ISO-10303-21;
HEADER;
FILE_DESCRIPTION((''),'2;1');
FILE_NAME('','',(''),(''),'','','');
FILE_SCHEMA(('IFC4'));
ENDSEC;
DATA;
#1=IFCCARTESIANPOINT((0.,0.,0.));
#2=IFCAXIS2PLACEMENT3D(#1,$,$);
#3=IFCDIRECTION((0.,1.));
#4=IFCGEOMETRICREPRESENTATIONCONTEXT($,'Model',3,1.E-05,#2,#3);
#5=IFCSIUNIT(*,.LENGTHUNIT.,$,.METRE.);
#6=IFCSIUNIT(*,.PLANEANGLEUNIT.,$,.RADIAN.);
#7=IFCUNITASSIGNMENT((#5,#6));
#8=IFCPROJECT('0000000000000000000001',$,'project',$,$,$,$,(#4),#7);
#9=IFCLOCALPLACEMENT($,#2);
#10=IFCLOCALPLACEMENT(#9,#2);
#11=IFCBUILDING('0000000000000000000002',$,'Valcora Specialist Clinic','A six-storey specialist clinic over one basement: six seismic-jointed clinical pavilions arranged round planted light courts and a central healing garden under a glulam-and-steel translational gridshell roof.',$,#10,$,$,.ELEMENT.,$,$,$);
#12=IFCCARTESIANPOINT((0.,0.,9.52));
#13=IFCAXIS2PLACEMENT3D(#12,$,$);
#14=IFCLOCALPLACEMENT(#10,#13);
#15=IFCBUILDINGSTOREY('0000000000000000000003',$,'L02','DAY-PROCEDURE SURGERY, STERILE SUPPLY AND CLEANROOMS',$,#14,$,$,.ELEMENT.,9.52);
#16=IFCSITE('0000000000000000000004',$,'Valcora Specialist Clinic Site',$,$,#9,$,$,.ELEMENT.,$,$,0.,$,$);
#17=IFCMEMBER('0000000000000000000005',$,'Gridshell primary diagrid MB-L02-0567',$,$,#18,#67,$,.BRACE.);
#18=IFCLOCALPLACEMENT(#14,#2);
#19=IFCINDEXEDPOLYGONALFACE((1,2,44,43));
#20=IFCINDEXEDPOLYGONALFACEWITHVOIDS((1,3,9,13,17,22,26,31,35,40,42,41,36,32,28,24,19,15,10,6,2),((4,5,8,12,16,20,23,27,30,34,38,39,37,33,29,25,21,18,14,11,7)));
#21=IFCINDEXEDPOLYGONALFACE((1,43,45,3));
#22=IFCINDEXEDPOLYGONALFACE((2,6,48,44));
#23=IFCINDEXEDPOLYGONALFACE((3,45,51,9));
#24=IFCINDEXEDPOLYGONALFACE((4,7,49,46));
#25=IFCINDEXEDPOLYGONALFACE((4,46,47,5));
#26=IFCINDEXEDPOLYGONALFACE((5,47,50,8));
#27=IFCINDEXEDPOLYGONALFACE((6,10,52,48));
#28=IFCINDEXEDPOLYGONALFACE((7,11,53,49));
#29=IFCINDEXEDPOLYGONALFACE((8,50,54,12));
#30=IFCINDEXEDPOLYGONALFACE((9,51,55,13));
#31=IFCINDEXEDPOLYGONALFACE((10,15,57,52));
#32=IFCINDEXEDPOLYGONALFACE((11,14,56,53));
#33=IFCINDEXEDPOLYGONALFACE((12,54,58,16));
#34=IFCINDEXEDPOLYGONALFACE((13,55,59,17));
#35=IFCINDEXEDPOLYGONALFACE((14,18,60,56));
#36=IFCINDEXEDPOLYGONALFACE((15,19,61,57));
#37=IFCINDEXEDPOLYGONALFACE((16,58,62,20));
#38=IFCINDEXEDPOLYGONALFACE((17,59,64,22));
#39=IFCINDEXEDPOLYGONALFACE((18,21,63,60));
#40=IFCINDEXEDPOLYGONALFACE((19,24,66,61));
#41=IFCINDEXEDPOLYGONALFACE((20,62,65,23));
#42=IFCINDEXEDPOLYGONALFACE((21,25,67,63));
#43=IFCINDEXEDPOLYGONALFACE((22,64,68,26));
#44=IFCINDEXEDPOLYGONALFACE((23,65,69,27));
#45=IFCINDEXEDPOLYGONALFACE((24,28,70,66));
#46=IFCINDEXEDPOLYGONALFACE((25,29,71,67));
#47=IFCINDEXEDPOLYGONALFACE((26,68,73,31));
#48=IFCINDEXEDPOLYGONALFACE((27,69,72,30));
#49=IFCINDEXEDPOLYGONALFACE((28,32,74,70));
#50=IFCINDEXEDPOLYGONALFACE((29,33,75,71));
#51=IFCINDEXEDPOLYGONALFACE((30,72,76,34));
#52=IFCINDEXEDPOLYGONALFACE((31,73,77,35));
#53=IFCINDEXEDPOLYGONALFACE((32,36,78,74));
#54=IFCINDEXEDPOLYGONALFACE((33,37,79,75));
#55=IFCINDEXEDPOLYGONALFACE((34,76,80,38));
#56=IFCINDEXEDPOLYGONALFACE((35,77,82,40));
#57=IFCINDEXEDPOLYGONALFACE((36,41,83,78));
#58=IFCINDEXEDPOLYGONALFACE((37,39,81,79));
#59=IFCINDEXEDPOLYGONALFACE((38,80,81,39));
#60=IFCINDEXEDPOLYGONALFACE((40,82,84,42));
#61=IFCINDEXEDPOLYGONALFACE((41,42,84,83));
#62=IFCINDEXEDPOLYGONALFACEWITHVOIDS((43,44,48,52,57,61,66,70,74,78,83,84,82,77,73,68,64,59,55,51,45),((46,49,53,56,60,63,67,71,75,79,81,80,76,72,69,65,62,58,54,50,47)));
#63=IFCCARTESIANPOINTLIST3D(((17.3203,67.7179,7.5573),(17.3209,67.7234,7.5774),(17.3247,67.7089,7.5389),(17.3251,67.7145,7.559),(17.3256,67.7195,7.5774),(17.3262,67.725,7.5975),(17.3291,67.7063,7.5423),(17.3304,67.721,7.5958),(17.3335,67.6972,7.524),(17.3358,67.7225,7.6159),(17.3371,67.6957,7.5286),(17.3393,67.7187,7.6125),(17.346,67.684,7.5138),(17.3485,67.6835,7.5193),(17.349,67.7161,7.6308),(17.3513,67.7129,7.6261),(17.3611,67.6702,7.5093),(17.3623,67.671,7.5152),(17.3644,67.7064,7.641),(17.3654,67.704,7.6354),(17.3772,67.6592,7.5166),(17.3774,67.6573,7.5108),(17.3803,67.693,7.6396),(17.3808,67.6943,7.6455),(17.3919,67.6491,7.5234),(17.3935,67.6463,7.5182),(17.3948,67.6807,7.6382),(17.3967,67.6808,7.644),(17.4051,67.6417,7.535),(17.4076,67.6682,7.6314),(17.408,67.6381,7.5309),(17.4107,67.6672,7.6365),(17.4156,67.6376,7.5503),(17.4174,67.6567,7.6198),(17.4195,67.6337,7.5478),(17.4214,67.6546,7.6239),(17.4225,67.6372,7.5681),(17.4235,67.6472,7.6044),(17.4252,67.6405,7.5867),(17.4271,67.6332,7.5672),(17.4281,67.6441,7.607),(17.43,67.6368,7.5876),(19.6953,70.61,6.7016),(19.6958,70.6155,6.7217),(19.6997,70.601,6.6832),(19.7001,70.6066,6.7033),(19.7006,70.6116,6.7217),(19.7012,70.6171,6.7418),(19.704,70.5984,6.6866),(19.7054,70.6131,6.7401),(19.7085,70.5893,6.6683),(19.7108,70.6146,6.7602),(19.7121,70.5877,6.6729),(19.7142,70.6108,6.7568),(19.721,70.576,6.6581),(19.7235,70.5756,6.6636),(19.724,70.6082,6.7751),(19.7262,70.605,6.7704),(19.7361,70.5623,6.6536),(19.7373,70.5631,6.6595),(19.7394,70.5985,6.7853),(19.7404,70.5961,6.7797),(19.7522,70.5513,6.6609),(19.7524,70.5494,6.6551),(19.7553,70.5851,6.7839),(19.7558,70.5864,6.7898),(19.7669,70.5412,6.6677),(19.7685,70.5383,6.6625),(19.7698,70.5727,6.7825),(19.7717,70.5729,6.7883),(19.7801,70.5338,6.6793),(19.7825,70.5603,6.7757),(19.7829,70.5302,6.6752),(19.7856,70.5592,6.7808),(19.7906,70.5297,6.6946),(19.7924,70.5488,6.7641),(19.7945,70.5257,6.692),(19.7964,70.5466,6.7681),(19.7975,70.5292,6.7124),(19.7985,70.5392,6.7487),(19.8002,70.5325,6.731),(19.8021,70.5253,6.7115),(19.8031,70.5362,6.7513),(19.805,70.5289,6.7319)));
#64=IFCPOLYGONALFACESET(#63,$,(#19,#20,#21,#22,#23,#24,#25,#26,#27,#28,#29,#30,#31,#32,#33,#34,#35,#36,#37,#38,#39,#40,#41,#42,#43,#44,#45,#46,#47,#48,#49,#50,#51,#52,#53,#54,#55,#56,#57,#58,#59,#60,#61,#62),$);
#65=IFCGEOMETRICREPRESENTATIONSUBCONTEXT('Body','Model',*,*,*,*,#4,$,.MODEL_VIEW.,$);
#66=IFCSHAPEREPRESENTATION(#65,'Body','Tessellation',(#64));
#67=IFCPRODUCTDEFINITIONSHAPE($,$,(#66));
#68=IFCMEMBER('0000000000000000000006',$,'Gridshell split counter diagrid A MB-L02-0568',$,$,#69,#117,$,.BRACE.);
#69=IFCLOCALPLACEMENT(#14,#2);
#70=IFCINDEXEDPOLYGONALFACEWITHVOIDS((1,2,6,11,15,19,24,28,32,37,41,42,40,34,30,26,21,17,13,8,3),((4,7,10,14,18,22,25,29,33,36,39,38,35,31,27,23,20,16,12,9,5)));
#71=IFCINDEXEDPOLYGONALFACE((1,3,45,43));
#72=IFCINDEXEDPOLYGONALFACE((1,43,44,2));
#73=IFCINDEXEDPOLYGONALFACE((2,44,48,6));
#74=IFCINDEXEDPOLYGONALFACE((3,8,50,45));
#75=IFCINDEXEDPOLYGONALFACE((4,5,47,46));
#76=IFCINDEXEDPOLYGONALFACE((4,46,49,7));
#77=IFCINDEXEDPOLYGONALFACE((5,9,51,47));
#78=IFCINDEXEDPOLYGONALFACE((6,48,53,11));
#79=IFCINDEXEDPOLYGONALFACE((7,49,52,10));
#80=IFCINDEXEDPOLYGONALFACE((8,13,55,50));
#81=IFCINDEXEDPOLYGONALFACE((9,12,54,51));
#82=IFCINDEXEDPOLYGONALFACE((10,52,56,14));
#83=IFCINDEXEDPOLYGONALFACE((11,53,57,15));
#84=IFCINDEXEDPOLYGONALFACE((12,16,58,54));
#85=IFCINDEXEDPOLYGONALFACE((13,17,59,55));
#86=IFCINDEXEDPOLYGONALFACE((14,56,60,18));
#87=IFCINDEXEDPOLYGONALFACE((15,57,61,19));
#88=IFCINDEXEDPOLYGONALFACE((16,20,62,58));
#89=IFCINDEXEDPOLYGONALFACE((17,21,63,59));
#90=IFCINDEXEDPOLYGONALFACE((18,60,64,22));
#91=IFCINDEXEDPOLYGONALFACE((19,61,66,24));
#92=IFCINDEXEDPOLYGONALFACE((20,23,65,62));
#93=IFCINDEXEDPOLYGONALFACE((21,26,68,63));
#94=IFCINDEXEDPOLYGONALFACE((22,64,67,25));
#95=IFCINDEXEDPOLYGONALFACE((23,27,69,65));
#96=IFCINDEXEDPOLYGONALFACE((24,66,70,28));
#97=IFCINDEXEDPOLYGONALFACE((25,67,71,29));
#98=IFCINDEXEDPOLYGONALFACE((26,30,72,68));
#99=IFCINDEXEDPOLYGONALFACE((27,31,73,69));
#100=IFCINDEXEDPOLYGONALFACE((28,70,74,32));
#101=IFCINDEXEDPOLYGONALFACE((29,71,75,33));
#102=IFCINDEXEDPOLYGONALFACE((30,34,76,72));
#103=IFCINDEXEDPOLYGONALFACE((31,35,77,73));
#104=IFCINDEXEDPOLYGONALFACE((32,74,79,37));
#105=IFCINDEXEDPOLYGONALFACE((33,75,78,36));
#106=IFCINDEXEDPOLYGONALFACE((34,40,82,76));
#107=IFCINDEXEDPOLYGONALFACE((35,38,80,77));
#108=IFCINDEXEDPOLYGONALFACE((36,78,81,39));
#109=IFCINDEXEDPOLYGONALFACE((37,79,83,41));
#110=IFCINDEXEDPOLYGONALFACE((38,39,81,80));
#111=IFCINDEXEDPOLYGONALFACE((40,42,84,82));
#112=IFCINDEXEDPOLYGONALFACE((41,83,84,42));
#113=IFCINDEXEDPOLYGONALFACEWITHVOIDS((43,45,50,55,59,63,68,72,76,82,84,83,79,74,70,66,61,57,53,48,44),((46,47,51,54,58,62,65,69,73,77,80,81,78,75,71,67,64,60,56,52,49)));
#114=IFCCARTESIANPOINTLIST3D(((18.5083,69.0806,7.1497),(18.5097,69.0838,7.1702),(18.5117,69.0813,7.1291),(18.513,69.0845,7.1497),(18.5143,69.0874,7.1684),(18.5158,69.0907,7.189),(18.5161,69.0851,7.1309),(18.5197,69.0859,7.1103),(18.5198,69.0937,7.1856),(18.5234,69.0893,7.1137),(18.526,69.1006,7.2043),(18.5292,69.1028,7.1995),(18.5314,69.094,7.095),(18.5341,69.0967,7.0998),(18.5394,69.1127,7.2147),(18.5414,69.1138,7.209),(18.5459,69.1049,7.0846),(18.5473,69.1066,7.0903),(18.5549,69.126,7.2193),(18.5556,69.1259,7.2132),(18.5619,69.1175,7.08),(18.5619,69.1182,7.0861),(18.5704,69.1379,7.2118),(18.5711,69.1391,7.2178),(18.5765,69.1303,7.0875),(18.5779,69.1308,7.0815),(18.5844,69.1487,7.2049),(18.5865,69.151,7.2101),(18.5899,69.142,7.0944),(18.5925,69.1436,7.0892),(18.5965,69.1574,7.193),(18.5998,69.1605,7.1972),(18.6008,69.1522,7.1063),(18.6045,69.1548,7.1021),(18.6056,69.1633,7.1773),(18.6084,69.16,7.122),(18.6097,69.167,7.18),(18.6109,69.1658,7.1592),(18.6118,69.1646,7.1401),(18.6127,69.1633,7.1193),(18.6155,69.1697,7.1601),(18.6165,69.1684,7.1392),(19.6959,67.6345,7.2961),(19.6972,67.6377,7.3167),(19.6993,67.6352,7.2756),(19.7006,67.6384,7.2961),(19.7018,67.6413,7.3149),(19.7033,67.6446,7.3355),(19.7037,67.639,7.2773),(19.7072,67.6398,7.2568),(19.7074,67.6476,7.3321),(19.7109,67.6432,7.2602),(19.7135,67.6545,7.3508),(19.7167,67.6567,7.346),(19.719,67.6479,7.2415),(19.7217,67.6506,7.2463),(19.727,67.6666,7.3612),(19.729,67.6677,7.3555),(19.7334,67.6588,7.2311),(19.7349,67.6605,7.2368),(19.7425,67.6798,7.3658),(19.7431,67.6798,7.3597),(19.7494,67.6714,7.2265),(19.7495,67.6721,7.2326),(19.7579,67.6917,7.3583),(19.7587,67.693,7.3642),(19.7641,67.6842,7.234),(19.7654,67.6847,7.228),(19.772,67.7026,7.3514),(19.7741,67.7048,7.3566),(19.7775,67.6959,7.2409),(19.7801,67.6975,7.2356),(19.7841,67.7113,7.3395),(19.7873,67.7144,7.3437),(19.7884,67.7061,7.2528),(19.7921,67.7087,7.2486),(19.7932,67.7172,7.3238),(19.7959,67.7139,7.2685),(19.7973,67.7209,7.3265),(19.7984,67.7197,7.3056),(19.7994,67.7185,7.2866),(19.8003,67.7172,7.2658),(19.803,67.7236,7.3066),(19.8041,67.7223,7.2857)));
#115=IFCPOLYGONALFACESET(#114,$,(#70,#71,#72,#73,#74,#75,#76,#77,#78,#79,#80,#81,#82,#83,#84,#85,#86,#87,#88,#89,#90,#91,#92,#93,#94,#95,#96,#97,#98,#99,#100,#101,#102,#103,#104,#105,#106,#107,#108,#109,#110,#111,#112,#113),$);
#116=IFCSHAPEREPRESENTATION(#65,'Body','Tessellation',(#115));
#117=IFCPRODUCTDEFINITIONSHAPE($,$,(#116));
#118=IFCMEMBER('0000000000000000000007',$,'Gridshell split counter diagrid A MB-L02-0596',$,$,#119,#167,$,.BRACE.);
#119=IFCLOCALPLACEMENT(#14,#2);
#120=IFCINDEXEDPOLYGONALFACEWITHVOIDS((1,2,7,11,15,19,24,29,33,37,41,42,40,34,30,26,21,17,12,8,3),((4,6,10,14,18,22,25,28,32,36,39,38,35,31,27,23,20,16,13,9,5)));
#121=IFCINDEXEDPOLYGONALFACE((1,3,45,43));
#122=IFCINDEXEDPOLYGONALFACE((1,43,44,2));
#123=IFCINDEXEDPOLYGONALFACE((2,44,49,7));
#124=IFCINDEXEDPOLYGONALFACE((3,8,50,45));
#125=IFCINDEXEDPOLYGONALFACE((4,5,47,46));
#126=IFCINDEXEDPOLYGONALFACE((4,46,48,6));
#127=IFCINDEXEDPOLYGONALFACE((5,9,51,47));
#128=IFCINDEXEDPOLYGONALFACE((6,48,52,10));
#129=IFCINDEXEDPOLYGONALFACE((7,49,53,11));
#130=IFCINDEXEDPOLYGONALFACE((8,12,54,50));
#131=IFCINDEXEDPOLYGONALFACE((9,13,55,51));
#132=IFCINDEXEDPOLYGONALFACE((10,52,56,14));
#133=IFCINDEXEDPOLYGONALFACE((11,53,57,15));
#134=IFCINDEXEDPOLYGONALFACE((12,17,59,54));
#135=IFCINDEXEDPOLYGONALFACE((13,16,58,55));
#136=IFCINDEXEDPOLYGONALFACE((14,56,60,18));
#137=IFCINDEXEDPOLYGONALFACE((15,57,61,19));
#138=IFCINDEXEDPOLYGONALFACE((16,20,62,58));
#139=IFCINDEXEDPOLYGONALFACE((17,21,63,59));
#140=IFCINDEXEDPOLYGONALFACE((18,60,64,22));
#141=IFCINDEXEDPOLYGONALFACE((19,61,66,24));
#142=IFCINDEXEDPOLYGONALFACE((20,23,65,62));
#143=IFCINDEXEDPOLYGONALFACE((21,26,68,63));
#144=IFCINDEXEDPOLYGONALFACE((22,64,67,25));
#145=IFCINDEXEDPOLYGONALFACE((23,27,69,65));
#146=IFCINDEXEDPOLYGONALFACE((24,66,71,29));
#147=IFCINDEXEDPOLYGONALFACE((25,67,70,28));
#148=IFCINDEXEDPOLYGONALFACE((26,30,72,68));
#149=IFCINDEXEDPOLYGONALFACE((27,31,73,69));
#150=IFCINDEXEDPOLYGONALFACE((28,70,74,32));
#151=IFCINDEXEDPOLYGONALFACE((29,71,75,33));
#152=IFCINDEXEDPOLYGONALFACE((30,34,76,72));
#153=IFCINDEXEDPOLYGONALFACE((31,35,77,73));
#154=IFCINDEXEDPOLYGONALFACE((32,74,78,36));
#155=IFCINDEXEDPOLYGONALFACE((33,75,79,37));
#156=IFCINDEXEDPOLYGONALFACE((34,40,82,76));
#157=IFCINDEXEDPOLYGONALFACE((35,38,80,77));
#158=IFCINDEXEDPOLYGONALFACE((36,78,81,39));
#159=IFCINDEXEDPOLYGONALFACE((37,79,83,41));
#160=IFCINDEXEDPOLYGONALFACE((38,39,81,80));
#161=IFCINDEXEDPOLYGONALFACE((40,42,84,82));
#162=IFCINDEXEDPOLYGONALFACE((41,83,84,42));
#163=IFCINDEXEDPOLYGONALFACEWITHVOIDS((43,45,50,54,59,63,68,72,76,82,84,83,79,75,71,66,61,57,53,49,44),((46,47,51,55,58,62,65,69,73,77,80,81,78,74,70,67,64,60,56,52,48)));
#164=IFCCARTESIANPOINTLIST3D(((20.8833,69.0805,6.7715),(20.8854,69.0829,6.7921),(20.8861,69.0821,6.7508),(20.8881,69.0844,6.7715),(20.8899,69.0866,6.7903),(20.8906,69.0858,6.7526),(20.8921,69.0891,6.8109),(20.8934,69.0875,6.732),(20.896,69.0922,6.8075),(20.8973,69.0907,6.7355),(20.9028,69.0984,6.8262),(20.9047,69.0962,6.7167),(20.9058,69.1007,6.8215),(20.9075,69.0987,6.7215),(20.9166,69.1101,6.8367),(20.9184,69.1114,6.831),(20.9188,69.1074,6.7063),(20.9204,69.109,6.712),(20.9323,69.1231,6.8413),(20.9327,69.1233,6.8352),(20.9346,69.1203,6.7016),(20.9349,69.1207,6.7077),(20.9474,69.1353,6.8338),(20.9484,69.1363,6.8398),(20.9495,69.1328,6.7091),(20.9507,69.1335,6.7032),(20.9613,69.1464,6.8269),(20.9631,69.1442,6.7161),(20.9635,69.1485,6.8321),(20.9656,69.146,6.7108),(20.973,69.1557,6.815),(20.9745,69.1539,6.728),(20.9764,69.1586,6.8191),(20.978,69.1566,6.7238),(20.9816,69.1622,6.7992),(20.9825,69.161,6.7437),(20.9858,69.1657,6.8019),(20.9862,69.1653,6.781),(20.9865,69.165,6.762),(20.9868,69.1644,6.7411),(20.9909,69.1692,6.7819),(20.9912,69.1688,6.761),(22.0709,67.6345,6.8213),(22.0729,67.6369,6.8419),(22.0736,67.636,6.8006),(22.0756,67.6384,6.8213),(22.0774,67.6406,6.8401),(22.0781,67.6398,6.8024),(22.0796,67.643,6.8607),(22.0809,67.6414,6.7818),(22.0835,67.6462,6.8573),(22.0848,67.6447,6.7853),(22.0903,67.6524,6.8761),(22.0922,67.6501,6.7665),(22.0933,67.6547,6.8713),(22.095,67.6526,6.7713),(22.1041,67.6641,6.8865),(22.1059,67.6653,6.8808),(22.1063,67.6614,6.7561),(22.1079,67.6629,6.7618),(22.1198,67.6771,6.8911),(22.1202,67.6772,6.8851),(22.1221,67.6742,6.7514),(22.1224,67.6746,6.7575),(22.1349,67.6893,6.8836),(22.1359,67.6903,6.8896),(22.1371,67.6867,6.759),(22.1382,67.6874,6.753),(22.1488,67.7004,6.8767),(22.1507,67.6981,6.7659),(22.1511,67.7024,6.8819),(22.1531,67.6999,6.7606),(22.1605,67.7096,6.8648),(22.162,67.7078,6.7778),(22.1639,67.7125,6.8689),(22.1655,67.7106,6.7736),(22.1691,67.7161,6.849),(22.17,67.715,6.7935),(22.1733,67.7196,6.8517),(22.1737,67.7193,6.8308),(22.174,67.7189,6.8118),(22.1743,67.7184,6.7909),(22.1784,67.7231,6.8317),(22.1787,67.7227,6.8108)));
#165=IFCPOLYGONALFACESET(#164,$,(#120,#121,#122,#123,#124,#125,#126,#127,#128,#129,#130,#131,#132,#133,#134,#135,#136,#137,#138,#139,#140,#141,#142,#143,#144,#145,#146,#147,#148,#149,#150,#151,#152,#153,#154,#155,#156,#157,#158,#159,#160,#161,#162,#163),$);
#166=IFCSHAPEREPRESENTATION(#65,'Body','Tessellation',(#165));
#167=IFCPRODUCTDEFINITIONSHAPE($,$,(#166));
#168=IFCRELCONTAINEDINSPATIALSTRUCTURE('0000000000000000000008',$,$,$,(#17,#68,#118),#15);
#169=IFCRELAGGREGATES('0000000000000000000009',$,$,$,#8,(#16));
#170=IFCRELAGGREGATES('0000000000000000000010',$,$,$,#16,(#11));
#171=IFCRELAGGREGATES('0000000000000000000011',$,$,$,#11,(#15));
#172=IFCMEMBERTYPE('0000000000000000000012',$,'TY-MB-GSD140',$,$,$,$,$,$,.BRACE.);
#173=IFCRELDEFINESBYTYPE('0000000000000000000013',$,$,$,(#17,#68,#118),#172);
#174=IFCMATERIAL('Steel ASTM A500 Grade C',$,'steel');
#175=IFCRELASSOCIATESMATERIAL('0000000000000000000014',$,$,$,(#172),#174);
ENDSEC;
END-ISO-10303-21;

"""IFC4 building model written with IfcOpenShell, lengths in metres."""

from ifc_helpers import new_model, si_unit, direction, frame, origin, origin_2d, place, context, subcontext, project, spatial, hollow_circle, extrude, material, material_profile, profile_set, type_object, element, save


model = new_model("IFC4")

# Units and contexts
model_context = context("Model", 3, precision=1e-05, world=origin(), true_north=direction((0.0, 1.0)))
body_context = subcontext(model_context, "Body", "Model", "MODEL_VIEW")
ifc_project = project(units=[si_unit("LENGTHUNIT", "METRE"), si_unit("PLANEANGLEUNIT", "RADIAN")], contexts=[model_context])

# Site, building, storey
site_placement = place(None, origin())
site = spatial("IfcSite", under=ifc_project, at=site_placement, Name="Valcora Specialist Clinic Site", CompositionType="ELEMENT", RefElevation=0.0)
building_placement = place(site_placement, origin())
building = spatial("IfcBuilding", under=site, at=building_placement, Name="Valcora Specialist Clinic", Description="A six-storey specialist clinic over one basement: six seismic-jointed clinical pavilions arranged round planted light courts and a central healing garden under a glulam-and-steel translational gridshell roof.", CompositionType="ELEMENT")
storey_placement = place(building_placement, frame((0.0, 0.0, 9.52)))
storey = spatial("IfcBuildingStorey", under=building, at=storey_placement, Name="L02", Description="DAY-PROCEDURE SURGERY, STERILE SUPPLY AND CLEANROOMS", CompositionType="ELEMENT", Elevation=9.52)

# Members
ifc_material_1 = material(Name="Steel ASTM A500 Grade C", Category="steel")
ifc_material_profile_1 = material_profile(ifc_material_1, hollow_circle(Radius=0.0701, WallThickness=0.0061, at=origin_2d()), Name="ST-CHS-140X6")
ifc_profile_set_1 = profile_set([ifc_material_profile_1], Name="Steel ASTM A500 Grade C")
member_type_1 = type_object("IfcMemberType", Name="TY-MB-GSD140", PredefinedType="BRACE", material=ifc_profile_set_1)
member_1_placement = place(storey_placement, frame((17.375, 67.679, 7.5774), z_axis=(0.618669, 0.753367, -0.222907), x_axis=(-0.772811, 0.634636, 0.0)))
element("IfcMember", 1, at=member_1_placement, inside=storey, type_object=member_type_1, Name="Gridshell primary diagrid MB-L02-0567", PredefinedType="BRACE", context=body_context, shape_type="SweptSolid", body=[
    extrude(hollow_circle(Radius=0.0701, WallThickness=0.0061, at=origin_2d()), origin(), (0.0, 0.0, 1.0), 3.8389),
])
member_2_placement = place(storey_placement, frame((19.75, 67.679, 7.2961), z_axis=(-0.632701, 0.770453, -0.078047), x_axis=(-0.772811, -0.634636, 0.0)))
element("IfcMember", 2, at=member_2_placement, inside=storey, type_object=member_type_1, Name="Gridshell split counter diagrid A MB-L02-0568", PredefinedType="BRACE", context=body_context, shape_type="SweptSolid", body=[
    extrude(hollow_circle(Radius=0.0701, WallThickness=0.0061, at=origin_2d()), origin(), (0.0, 0.0, 1.0), 1.877),
])
member_3_placement = place(storey_placement, frame((22.125, 67.679, 6.8213), z_axis=(-0.634412, 0.772537, -0.026608), x_axis=(-0.772811, -0.634636, 0.0)))
element("IfcMember", 3, at=member_3_placement, inside=storey, type_object=member_type_1, Name="Gridshell split counter diagrid A MB-L02-0596", PredefinedType="BRACE", context=body_context, shape_type="SweptSolid", body=[
    extrude(hollow_circle(Radius=0.0701, WallThickness=0.0061, at=origin_2d()), origin(), (0.0, 0.0, 1.0), 1.8718),
])

save(model, "model.ifc")
